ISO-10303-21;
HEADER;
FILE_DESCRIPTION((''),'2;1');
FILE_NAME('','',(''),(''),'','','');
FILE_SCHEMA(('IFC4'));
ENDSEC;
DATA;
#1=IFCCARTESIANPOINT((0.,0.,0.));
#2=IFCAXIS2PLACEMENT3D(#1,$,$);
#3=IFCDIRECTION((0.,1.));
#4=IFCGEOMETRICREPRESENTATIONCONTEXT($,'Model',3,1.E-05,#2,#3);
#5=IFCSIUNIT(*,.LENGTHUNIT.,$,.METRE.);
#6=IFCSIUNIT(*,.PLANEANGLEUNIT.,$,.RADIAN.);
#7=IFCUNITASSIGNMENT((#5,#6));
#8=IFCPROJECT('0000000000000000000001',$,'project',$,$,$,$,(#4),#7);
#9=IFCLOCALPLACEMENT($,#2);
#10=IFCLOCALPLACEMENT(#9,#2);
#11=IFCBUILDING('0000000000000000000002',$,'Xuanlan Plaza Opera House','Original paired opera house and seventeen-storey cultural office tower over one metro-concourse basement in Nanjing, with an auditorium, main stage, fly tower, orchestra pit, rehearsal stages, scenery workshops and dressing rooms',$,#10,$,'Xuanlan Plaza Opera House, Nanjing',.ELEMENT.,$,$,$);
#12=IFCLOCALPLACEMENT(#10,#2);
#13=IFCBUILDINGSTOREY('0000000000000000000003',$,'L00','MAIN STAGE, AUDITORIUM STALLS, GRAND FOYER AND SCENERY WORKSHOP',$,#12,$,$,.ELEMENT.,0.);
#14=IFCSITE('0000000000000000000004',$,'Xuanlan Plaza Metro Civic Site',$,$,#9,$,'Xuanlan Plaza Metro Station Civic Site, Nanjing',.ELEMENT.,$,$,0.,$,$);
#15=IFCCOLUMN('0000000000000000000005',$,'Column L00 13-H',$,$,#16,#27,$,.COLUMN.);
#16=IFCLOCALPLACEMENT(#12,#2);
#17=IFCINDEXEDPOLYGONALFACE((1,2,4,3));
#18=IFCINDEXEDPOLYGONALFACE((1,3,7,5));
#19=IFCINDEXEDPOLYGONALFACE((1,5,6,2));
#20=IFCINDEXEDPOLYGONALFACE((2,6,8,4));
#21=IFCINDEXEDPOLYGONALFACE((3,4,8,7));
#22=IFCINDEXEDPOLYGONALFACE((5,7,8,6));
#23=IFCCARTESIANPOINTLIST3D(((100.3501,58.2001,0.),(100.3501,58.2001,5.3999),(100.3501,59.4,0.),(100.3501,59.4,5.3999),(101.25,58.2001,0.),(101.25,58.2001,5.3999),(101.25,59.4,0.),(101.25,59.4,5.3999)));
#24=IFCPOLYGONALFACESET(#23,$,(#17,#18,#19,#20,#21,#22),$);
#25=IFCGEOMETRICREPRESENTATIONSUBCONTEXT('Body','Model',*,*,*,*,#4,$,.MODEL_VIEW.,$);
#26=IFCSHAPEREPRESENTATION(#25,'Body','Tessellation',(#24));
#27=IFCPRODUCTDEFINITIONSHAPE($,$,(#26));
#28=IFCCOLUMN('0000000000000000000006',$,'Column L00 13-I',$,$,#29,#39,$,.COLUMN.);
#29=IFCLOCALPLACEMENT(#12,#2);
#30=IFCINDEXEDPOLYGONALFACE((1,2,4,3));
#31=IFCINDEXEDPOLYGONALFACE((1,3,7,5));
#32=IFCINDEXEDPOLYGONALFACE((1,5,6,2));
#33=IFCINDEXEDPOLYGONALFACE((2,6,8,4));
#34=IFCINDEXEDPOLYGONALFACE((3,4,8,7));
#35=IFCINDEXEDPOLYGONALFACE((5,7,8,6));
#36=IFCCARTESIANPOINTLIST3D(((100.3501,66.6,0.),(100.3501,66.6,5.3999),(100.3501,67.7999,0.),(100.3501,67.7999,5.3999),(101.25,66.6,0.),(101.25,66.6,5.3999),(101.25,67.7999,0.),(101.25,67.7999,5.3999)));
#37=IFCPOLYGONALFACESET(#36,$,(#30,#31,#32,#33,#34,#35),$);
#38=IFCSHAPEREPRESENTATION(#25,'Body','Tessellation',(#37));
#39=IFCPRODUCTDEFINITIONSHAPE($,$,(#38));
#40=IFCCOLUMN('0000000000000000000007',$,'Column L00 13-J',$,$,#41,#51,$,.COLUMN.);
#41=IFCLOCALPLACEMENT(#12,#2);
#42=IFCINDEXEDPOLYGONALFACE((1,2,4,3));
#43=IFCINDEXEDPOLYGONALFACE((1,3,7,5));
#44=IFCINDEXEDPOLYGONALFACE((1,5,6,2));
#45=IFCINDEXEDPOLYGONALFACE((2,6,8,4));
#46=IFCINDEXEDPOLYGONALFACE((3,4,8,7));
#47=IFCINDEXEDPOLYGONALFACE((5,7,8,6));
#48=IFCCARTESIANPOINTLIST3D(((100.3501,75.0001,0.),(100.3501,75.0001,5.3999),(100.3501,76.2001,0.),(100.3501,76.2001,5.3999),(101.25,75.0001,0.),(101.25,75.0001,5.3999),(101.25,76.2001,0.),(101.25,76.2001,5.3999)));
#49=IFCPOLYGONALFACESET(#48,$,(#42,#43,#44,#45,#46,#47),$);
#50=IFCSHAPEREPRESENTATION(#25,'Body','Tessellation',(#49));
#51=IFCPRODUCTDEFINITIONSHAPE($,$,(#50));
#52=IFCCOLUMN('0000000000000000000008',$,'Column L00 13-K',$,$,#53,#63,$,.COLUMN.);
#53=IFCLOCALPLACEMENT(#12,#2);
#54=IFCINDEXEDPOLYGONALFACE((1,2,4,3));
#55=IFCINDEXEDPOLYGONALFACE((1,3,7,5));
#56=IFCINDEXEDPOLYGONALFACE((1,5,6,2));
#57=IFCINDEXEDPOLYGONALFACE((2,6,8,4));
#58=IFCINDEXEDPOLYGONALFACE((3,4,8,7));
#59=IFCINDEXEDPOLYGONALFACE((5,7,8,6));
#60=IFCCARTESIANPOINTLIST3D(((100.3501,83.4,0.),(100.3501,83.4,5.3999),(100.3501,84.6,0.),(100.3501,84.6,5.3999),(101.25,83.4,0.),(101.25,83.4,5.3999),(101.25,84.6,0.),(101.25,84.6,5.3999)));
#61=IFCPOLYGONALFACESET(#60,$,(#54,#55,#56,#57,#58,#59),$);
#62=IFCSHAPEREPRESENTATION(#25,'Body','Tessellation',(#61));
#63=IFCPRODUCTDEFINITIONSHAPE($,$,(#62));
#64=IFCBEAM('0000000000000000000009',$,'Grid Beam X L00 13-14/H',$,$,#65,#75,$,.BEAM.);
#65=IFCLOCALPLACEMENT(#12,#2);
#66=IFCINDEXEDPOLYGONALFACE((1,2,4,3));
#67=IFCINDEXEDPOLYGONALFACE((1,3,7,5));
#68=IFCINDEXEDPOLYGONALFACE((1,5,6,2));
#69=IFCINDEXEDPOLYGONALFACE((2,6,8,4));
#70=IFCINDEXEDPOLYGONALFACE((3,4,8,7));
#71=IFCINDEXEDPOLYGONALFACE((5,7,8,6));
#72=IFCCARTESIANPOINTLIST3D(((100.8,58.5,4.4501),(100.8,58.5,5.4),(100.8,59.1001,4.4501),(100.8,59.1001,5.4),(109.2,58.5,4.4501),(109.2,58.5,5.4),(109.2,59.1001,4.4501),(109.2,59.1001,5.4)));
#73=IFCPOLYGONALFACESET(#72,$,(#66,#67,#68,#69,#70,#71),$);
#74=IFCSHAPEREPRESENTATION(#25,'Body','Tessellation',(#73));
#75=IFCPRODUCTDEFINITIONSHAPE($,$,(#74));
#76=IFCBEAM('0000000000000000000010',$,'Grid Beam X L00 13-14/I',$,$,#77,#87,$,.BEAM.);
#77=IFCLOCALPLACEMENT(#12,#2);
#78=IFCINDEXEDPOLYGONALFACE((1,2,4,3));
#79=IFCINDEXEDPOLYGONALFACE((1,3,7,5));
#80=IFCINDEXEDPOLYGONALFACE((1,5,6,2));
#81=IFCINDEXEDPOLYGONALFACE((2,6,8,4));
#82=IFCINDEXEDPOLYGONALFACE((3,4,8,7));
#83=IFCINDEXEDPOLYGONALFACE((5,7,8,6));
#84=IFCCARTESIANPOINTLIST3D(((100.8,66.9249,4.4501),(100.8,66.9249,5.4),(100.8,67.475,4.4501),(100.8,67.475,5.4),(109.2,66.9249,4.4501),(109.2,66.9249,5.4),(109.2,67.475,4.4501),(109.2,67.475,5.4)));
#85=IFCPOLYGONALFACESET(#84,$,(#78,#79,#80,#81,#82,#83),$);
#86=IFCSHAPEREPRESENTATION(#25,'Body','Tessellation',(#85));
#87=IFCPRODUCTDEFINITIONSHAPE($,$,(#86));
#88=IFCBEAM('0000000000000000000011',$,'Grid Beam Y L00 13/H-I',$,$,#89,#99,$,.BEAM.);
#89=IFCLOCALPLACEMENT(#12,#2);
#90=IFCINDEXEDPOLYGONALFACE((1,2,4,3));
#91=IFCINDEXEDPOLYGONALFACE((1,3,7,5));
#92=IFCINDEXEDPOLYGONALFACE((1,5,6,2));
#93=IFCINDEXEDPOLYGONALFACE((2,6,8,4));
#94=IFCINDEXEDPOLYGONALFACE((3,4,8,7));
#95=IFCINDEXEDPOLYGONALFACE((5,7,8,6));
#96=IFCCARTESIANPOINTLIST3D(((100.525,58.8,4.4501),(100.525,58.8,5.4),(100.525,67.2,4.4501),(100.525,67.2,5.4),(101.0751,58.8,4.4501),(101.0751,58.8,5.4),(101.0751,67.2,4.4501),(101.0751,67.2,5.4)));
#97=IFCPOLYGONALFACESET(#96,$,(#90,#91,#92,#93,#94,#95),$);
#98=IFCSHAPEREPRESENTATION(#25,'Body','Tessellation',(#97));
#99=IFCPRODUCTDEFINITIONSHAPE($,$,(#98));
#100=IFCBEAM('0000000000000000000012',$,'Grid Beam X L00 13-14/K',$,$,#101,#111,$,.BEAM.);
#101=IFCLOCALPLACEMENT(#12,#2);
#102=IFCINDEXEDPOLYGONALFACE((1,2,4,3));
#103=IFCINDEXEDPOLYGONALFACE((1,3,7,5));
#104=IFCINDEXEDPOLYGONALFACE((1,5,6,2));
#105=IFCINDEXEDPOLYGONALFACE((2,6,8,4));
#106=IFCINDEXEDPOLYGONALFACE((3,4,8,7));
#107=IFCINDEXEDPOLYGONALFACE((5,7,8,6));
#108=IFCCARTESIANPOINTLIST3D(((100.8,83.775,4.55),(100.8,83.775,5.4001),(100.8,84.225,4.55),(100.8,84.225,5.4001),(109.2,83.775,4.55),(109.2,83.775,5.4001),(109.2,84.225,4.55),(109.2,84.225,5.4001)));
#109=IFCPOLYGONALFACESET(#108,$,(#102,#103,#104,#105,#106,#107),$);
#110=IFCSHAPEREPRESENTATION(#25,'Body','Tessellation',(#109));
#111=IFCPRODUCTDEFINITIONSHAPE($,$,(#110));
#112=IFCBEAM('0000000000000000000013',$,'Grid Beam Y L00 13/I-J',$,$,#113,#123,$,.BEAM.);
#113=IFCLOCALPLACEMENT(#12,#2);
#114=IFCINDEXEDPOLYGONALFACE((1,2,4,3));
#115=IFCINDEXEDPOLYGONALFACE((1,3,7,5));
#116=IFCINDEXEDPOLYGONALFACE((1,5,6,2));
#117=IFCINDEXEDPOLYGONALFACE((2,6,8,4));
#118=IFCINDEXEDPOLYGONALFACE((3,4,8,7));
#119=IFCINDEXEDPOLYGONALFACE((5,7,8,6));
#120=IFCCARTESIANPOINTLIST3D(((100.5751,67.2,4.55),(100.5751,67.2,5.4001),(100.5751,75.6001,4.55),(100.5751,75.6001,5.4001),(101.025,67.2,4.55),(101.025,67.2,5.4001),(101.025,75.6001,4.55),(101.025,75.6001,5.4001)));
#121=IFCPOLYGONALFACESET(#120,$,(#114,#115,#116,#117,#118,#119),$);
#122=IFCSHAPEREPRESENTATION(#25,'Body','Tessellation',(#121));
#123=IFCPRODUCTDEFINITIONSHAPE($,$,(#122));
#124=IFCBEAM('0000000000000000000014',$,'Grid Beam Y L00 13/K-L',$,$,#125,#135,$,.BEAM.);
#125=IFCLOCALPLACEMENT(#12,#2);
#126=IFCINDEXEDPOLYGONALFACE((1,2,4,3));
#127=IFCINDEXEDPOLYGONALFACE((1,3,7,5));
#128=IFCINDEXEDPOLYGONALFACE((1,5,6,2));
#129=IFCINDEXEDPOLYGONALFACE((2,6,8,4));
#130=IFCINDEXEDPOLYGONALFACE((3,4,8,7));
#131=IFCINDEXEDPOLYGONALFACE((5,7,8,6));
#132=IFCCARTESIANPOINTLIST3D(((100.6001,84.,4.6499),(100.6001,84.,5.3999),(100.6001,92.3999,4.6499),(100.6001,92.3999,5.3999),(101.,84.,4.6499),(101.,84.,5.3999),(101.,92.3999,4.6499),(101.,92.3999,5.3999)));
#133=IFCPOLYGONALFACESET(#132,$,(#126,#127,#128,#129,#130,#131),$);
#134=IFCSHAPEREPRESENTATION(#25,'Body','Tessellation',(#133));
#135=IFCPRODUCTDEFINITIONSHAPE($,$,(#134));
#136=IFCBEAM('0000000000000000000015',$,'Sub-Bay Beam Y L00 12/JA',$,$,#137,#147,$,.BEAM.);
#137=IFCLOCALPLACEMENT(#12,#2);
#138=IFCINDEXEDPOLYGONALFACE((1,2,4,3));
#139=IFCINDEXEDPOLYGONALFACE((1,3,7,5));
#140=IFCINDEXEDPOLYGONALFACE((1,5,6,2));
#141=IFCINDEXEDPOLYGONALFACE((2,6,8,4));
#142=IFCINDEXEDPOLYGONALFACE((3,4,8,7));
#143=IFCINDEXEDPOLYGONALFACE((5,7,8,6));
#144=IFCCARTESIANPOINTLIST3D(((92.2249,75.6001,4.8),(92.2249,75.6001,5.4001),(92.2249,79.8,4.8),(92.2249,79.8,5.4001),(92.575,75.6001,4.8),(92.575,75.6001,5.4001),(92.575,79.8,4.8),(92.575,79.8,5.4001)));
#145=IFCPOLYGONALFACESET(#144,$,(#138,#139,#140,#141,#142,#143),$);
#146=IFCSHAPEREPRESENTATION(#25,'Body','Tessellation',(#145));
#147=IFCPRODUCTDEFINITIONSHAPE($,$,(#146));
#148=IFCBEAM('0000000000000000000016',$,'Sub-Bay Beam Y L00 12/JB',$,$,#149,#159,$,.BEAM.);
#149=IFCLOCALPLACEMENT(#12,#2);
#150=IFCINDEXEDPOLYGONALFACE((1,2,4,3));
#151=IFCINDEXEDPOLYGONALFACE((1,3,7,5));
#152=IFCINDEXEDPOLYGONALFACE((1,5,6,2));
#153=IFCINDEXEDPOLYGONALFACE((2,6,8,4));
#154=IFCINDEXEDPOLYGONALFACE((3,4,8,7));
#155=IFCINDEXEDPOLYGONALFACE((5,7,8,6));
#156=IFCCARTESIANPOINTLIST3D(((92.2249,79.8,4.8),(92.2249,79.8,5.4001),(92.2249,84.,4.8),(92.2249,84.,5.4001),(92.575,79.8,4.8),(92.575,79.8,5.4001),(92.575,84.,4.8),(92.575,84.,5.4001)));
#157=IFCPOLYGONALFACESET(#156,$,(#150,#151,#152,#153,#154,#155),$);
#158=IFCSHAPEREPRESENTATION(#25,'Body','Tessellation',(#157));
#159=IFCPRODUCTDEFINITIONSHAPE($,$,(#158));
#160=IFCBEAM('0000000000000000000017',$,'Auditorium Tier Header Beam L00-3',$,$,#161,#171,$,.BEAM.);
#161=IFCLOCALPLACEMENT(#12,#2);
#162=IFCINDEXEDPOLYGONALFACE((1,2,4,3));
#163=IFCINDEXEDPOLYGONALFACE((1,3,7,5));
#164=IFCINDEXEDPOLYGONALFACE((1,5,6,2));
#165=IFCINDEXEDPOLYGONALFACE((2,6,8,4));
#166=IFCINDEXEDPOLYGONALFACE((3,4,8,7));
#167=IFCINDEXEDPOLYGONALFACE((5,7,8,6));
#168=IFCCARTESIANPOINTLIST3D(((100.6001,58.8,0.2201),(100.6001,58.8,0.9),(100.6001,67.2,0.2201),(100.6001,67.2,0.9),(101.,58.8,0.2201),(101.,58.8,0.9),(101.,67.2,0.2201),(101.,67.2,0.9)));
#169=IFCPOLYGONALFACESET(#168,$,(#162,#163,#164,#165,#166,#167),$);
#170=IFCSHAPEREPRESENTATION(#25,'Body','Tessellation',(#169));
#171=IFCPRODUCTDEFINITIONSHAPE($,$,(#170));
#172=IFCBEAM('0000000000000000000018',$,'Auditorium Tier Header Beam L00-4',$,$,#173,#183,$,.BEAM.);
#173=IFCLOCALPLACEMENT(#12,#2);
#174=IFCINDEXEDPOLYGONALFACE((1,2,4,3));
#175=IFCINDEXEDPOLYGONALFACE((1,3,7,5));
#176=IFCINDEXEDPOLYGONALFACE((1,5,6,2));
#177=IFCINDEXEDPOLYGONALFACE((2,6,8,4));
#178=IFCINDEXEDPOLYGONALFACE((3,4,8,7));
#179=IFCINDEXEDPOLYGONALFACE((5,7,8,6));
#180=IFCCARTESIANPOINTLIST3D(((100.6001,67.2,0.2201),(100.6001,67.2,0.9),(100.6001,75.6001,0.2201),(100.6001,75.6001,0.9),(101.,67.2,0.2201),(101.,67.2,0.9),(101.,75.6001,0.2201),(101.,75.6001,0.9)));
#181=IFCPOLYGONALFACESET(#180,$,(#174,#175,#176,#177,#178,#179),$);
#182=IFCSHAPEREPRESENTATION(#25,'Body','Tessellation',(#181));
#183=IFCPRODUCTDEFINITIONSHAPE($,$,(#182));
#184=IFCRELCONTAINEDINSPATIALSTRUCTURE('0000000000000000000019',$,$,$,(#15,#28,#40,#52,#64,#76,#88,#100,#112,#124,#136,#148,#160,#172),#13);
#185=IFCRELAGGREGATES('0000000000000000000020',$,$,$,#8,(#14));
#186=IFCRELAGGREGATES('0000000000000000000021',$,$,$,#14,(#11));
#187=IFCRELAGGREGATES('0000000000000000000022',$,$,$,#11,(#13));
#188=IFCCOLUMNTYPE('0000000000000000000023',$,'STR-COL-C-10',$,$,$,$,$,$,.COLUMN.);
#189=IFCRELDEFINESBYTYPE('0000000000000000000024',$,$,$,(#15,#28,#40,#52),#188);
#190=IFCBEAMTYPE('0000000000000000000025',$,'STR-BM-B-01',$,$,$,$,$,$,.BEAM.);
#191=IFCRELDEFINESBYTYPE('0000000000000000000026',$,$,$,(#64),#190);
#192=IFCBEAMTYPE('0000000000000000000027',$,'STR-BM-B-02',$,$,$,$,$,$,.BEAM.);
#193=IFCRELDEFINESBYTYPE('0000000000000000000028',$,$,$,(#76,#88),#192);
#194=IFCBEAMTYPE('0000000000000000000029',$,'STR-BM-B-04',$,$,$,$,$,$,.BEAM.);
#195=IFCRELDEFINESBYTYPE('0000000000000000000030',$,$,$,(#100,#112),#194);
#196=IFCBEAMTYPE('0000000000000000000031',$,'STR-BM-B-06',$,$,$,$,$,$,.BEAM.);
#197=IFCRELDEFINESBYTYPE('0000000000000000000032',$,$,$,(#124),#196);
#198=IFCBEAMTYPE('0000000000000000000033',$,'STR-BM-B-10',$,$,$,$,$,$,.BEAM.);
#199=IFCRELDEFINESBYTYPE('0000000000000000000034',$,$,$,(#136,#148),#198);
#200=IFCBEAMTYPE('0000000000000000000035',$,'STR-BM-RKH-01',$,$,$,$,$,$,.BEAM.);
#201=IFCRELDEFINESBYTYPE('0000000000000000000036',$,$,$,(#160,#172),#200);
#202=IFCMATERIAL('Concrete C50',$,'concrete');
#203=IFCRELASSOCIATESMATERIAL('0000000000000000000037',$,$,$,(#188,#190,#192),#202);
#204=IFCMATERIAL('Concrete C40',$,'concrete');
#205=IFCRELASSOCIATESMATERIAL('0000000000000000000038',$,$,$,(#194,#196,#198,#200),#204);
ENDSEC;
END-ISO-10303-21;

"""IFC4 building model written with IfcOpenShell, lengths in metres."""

from ifc_helpers import new_model, si_unit, direction, frame, origin, origin_2d, place, context, subcontext, project, spatial, rectangle, extrude, material, material_profile, profile_set, type_object, element, save


model = new_model("IFC4")

# Units and contexts
model_context = context("Model", 3, precision=1e-05, world=origin(), true_north=direction((0.0, 1.0)))
body_context = subcontext(model_context, "Body", "Model", "MODEL_VIEW")
ifc_project = project(units=[si_unit("LENGTHUNIT", "METRE"), si_unit("PLANEANGLEUNIT", "RADIAN")], contexts=[model_context])

# Site, building, storey
site_placement = place(None, origin())
site = spatial("IfcSite", under=ifc_project, at=site_placement, Name="Xuanlan Plaza Metro Civic Site", LongName="Xuanlan Plaza Metro Station Civic Site, Nanjing", CompositionType="ELEMENT", RefElevation=0.0)
building_placement = place(site_placement, origin())
building = spatial("IfcBuilding", under=site, at=building_placement, Name="Xuanlan Plaza Opera House", Description="Original paired opera house and seventeen-storey cultural office tower over one metro-concourse basement in Nanjing, with an auditorium, main stage, fly tower, orchestra pit, rehearsal stages, scenery workshops and dressing rooms", LongName="Xuanlan Plaza Opera House, Nanjing", CompositionType="ELEMENT")
storey_placement = place(building_placement, origin())
storey = spatial("IfcBuildingStorey", under=building, at=storey_placement, Name="L00", Description="MAIN STAGE, AUDITORIUM STALLS, GRAND FOYER AND SCENERY WORKSHOP", CompositionType="ELEMENT", Elevation=0.0)

# Columns
ifc_material_1 = material(Name="Concrete C50", Category="concrete")
ifc_material_profile_1 = material_profile(ifc_material_1, rectangle(XDim=0.8999, YDim=1.2, at=origin_2d()), Name="RC-COL 900x1200")
ifc_profile_set_1 = profile_set([ifc_material_profile_1], Name="Concrete C50")
column_type = type_object("IfcColumnType", Name="STR-COL-C-10", PredefinedType="COLUMN", material=ifc_profile_set_1)
for number, where, z_axis, x_axis, name in (
    (1, (100.8, 58.8, 0.0), (0.0, 0.0, 1.0), (1.0, 0.0, 0.0), "Column L00 13-H"),
    (2, (100.8, 67.2, 0.0), (0.0, 0.0, 1.0), (1.0, 0.0, 0.0), "Column L00 13-I"),
    (3, (100.8, 75.6001, 0.0), (0.0, 0.0, 1.0), (1.0, 0.0, 0.0), "Column L00 13-J"),
    (4, (100.8, 84.0, 0.0), (0.0, 0.0, 1.0), (1.0, 0.0, 0.0), "Column L00 13-K"),
):
    element("IfcColumn", number, at=place(storey_placement, frame(where, z_axis=z_axis, x_axis=x_axis)), inside=storey, type_object=column_type, Name=name, PredefinedType="COLUMN", context=body_context, shape_type="SweptSolid", body=[
        extrude(rectangle(XDim=0.8999, YDim=1.2, at=origin_2d()), origin(), (0.0, 0.0, 1.0), 5.3999),
    ])

# Beams
ifc_material_profile_2 = material_profile(ifc_material_1, rectangle(XDim=0.6001, YDim=0.95, at=origin_2d()), Name="RC-BM 600x950")
ifc_profile_set_2 = profile_set([ifc_material_profile_2], Name="Concrete C50")
beam_type_1 = type_object("IfcBeamType", Name="STR-BM-B-01", PredefinedType="BEAM", material=ifc_profile_set_2)
beam_1_placement = place(storey_placement, frame((100.8, 58.8, 4.925), z_axis=(1.0, 0.0, 0.0), x_axis=(0.0, 1.0, 0.0)))
element("IfcBeam", 5, at=beam_1_placement, inside=storey, type_object=beam_type_1, Name="Grid Beam X L00 13-14/H", PredefinedType="BEAM", context=body_context, shape_type="SweptSolid", body=[
    extrude(rectangle(XDim=0.6001, YDim=0.95, at=origin_2d()), origin(), (0.0, 0.0, 1.0), 8.3999),
])
ifc_material_profile_3 = material_profile(ifc_material_1, rectangle(XDim=0.55, YDim=0.95, at=origin_2d()), Name="RC-BM 550x950")
ifc_profile_set_3 = profile_set([ifc_material_profile_3], Name="Concrete C50")
beam_type_2 = type_object("IfcBeamType", Name="STR-BM-B-02", PredefinedType="BEAM", material=ifc_profile_set_3)
for number, where, z_axis, x_axis, name in (
    (6, (100.8, 67.2, 4.925), (1.0, 0.0, 0.0), (0.0, 1.0, 0.0), "Grid Beam X L00 13-14/I"),
    (7, (100.8, 58.8, 4.925), (0.0, 1.0, 0.0), (-1.0, 0.0, 0.0), "Grid Beam Y L00 13/H-I"),
):
    element("IfcBeam", number, at=place(storey_placement, frame(where, z_axis=z_axis, x_axis=x_axis)), inside=storey, type_object=beam_type_2, Name=name, PredefinedType="BEAM", context=body_context, shape_type="SweptSolid", body=[
        extrude(rectangle(XDim=0.55, YDim=0.95, at=origin_2d()), origin(), (0.0, 0.0, 1.0), 8.3999),
    ])
ifc_material_2 = material(Name="Concrete C40", Category="concrete")
ifc_material_profile_4 = material_profile(ifc_material_2, rectangle(XDim=0.45, YDim=0.8501, at=origin_2d()), Name="RC-BM 450x850")
ifc_profile_set_4 = profile_set([ifc_material_profile_4], Name="Concrete C40")
beam_type_3 = type_object("IfcBeamType", Name="STR-BM-B-04", PredefinedType="BEAM", material=ifc_profile_set_4)
beam_2_placement = place(storey_placement, frame((100.8, 84.0, 4.9751), z_axis=(1.0, 0.0, 0.0), x_axis=(0.0, 1.0, 0.0)))
element("IfcBeam", 8, at=beam_2_placement, inside=storey, type_object=beam_type_3, Name="Grid Beam X L00 13-14/K", PredefinedType="BEAM", context=body_context, shape_type="SweptSolid", body=[
    extrude(rectangle(XDim=0.45, YDim=0.8501, at=origin_2d()), origin(), (0.0, 0.0, 1.0), 8.3999),
])
beam_3_placement = place(storey_placement, frame((100.8, 67.2, 4.9751), z_axis=(0.0, 1.0, 0.0), x_axis=(-1.0, 0.0, 0.0)))
element("IfcBeam", 9, at=beam_3_placement, inside=storey, type_object=beam_type_3, Name="Grid Beam Y L00 13/I-J", PredefinedType="BEAM", context=body_context, shape_type="SweptSolid", body=[
    extrude(rectangle(XDim=0.45, YDim=0.8501, at=origin_2d()), origin(), (0.0, 0.0, 1.0), 8.4001),
])
ifc_material_profile_5 = material_profile(ifc_material_2, rectangle(XDim=0.3999, YDim=0.75, at=origin_2d()), Name="RC-BM 400x750")
ifc_profile_set_5 = profile_set([ifc_material_profile_5], Name="Concrete C40")
beam_type_4 = type_object("IfcBeamType", Name="STR-BM-B-06", PredefinedType="BEAM", material=ifc_profile_set_5)
beam_4_placement = place(storey_placement, frame((100.8, 84.0, 5.0249), z_axis=(0.0, 1.0, 0.0), x_axis=(-1.0, 0.0, 0.0)))
element("IfcBeam", 10, at=beam_4_placement, inside=storey, type_object=beam_type_4, Name="Grid Beam Y L00 13/K-L", PredefinedType="BEAM", context=body_context, shape_type="SweptSolid", body=[
    extrude(rectangle(XDim=0.3999, YDim=0.75, at=origin_2d()), origin(), (0.0, 0.0, 1.0), 8.3999),
])
ifc_material_profile_6 = material_profile(ifc_material_2, rectangle(XDim=0.3501, YDim=0.6001, at=origin_2d()), Name="RC-BM 350x600")
ifc_profile_set_6 = profile_set([ifc_material_profile_6], Name="Concrete C40")
beam_type_5 = type_object("IfcBeamType", Name="STR-BM-B-10", PredefinedType="BEAM", material=ifc_profile_set_6)
for number, where, z_axis, x_axis, name in (
    (11, (92.3999, 75.6001, 5.1001), (0.0, 1.0, 0.0), (-1.0, 0.0, 0.0), "Sub-Bay Beam Y L00 12/JA"),
    (12, (92.3999, 79.8, 5.1001), (0.0, 1.0, 0.0), (-1.0, 0.0, 0.0), "Sub-Bay Beam Y L00 12/JB"),
):
    element("IfcBeam", number, at=place(storey_placement, frame(where, z_axis=z_axis, x_axis=x_axis)), inside=storey, type_object=beam_type_5, Name=name, PredefinedType="BEAM", context=body_context, shape_type="SweptSolid", body=[
        extrude(rectangle(XDim=0.3501, YDim=0.6001, at=origin_2d()), origin(), (0.0, 0.0, 1.0), 4.2),
    ])
ifc_material_profile_7 = material_profile(ifc_material_2, rectangle(XDim=0.3999, YDim=0.6799, at=origin_2d()), Name="RC-RKR 400x680")
ifc_profile_set_7 = profile_set([ifc_material_profile_7], Name="Concrete C40")
beam_type_6 = type_object("IfcBeamType", Name="STR-BM-RKH-01", PredefinedType="BEAM", material=ifc_profile_set_7)
beam_5_placement = place(storey_placement, frame((100.8, 58.8, 0.5601), z_axis=(0.0, 1.0, 0.0), x_axis=(-1.0, 0.0, 0.0)))
element("IfcBeam", 13, at=beam_5_placement, inside=storey, type_object=beam_type_6, Name="Auditorium Tier Header Beam L00-3", PredefinedType="BEAM", context=body_context, shape_type="SweptSolid", body=[
    extrude(rectangle(XDim=0.3999, YDim=0.6799, at=origin_2d()), origin(), (0.0, 0.0, 1.0), 8.3999),
])
beam_6_placement = place(storey_placement, frame((100.8, 67.2, 0.5601), z_axis=(0.0, 1.0, 0.0), x_axis=(-1.0, 0.0, 0.0)))
element("IfcBeam", 14, at=beam_6_placement, inside=storey, type_object=beam_type_6, Name="Auditorium Tier Header Beam L00-4", PredefinedType="BEAM", context=body_context, shape_type="SweptSolid", body=[
    extrude(rectangle(XDim=0.3999, YDim=0.6799, at=origin_2d()), origin(), (0.0, 0.0, 1.0), 8.4001),
])

save(model, "model.ifc")
